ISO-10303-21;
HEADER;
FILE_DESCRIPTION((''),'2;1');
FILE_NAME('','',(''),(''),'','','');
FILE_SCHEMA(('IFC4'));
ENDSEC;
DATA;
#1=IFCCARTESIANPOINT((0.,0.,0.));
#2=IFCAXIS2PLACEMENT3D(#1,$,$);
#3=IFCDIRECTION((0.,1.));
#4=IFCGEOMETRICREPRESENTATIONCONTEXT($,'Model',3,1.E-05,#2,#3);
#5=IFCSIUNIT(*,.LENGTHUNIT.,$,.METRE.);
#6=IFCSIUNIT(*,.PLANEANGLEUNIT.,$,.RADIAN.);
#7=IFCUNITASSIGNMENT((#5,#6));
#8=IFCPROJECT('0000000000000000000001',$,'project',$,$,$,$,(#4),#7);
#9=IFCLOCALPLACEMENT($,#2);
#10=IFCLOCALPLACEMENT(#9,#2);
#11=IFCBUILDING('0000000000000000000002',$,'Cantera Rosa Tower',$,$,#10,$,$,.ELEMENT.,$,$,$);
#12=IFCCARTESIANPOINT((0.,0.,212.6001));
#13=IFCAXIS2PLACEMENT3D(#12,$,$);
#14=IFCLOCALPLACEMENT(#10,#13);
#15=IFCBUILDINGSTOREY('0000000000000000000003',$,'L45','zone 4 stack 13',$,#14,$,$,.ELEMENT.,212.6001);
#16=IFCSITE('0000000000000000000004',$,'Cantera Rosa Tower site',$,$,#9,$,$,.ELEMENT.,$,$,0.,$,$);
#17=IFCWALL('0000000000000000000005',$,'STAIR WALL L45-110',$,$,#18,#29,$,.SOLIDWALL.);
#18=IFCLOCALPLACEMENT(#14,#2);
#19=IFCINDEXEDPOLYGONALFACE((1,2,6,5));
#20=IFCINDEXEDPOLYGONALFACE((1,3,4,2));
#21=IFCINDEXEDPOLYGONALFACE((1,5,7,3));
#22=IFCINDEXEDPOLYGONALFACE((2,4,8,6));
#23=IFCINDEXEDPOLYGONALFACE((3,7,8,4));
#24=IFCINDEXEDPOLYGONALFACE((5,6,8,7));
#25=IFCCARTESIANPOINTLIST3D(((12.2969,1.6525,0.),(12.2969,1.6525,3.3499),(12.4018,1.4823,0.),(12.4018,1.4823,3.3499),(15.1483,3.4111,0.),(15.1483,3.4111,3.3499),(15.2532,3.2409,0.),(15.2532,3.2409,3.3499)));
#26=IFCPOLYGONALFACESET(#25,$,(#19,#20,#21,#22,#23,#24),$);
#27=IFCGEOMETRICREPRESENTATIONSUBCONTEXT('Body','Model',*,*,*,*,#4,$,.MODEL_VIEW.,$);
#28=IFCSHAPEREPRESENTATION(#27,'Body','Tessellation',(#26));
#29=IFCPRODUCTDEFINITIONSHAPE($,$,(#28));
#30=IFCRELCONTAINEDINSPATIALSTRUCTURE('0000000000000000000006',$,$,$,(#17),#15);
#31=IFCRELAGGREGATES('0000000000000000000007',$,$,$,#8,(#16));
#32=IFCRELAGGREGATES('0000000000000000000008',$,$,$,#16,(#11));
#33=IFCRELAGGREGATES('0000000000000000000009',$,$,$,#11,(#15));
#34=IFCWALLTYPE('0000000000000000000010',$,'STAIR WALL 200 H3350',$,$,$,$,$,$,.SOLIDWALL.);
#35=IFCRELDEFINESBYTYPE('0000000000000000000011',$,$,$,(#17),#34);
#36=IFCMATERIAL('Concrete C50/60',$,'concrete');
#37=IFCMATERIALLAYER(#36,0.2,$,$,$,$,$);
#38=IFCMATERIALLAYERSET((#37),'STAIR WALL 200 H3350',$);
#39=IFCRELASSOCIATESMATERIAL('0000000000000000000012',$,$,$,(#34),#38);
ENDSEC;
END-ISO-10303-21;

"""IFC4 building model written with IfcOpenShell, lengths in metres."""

from ifc_helpers import new_model, si_unit, direction, frame, frame_2d, origin, place, context, subcontext, project, spatial, rectangle, extrude, material, layer, layer_set, type_object, element, save


model = new_model("IFC4")

# Units and contexts
model_context = context("Model", 3, precision=1e-05, world=origin(), true_north=direction((0.0, 1.0)))
body_context = subcontext(model_context, "Body", "Model", "MODEL_VIEW")
ifc_project = project(units=[si_unit("LENGTHUNIT", "METRE"), si_unit("PLANEANGLEUNIT", "RADIAN")], contexts=[model_context])

# Site, building, storey
site_placement = place(None, origin())
site = spatial("IfcSite", under=ifc_project, at=site_placement, Name="Cantera Rosa Tower site", CompositionType="ELEMENT", RefElevation=0.0)
building_placement = place(site_placement, origin())
building = spatial("IfcBuilding", under=site, at=building_placement, Name="Cantera Rosa Tower", CompositionType="ELEMENT")
storey_placement = place(building_placement, frame((0.0, 0.0, 212.6001)))
storey = spatial("IfcBuildingStorey", under=building, at=storey_placement, Name="L45", Description="zone 4 stack 13", CompositionType="ELEMENT", Elevation=212.6001)

# Wall
ifc_material_1 = material(Name="Concrete C50/60", Category="concrete")
ifc_layer_1 = layer(ifc_material_1, 0.2)
ifc_layer_set_1 = layer_set([ifc_layer_1], Name="STAIR WALL 200 H3350")
wall_type_1 = type_object("IfcWallType", Name="STAIR WALL 200 H3350", PredefinedType="SOLIDWALL", material=ifc_layer_set_1)
wall_1_placement = place(storey_placement, frame((12.3494, 1.5674, 0.0), z_axis=(0.0, 0.0, 1.0), x_axis=(0.85114, 0.524939, 0.0)))
element("IfcWall", 1, at=wall_1_placement, inside=storey, type_object=wall_type_1, Name="STAIR WALL L45-110", PredefinedType="SOLIDWALL", context=body_context, shape_type="SweptSolid", body=[
    extrude(rectangle(XDim=3.3501, YDim=0.2, at=frame_2d((1.675, 0.0))), origin(), (0.0, 0.0, 1.0), 3.3499),
])

save(model, "model.ifc")
